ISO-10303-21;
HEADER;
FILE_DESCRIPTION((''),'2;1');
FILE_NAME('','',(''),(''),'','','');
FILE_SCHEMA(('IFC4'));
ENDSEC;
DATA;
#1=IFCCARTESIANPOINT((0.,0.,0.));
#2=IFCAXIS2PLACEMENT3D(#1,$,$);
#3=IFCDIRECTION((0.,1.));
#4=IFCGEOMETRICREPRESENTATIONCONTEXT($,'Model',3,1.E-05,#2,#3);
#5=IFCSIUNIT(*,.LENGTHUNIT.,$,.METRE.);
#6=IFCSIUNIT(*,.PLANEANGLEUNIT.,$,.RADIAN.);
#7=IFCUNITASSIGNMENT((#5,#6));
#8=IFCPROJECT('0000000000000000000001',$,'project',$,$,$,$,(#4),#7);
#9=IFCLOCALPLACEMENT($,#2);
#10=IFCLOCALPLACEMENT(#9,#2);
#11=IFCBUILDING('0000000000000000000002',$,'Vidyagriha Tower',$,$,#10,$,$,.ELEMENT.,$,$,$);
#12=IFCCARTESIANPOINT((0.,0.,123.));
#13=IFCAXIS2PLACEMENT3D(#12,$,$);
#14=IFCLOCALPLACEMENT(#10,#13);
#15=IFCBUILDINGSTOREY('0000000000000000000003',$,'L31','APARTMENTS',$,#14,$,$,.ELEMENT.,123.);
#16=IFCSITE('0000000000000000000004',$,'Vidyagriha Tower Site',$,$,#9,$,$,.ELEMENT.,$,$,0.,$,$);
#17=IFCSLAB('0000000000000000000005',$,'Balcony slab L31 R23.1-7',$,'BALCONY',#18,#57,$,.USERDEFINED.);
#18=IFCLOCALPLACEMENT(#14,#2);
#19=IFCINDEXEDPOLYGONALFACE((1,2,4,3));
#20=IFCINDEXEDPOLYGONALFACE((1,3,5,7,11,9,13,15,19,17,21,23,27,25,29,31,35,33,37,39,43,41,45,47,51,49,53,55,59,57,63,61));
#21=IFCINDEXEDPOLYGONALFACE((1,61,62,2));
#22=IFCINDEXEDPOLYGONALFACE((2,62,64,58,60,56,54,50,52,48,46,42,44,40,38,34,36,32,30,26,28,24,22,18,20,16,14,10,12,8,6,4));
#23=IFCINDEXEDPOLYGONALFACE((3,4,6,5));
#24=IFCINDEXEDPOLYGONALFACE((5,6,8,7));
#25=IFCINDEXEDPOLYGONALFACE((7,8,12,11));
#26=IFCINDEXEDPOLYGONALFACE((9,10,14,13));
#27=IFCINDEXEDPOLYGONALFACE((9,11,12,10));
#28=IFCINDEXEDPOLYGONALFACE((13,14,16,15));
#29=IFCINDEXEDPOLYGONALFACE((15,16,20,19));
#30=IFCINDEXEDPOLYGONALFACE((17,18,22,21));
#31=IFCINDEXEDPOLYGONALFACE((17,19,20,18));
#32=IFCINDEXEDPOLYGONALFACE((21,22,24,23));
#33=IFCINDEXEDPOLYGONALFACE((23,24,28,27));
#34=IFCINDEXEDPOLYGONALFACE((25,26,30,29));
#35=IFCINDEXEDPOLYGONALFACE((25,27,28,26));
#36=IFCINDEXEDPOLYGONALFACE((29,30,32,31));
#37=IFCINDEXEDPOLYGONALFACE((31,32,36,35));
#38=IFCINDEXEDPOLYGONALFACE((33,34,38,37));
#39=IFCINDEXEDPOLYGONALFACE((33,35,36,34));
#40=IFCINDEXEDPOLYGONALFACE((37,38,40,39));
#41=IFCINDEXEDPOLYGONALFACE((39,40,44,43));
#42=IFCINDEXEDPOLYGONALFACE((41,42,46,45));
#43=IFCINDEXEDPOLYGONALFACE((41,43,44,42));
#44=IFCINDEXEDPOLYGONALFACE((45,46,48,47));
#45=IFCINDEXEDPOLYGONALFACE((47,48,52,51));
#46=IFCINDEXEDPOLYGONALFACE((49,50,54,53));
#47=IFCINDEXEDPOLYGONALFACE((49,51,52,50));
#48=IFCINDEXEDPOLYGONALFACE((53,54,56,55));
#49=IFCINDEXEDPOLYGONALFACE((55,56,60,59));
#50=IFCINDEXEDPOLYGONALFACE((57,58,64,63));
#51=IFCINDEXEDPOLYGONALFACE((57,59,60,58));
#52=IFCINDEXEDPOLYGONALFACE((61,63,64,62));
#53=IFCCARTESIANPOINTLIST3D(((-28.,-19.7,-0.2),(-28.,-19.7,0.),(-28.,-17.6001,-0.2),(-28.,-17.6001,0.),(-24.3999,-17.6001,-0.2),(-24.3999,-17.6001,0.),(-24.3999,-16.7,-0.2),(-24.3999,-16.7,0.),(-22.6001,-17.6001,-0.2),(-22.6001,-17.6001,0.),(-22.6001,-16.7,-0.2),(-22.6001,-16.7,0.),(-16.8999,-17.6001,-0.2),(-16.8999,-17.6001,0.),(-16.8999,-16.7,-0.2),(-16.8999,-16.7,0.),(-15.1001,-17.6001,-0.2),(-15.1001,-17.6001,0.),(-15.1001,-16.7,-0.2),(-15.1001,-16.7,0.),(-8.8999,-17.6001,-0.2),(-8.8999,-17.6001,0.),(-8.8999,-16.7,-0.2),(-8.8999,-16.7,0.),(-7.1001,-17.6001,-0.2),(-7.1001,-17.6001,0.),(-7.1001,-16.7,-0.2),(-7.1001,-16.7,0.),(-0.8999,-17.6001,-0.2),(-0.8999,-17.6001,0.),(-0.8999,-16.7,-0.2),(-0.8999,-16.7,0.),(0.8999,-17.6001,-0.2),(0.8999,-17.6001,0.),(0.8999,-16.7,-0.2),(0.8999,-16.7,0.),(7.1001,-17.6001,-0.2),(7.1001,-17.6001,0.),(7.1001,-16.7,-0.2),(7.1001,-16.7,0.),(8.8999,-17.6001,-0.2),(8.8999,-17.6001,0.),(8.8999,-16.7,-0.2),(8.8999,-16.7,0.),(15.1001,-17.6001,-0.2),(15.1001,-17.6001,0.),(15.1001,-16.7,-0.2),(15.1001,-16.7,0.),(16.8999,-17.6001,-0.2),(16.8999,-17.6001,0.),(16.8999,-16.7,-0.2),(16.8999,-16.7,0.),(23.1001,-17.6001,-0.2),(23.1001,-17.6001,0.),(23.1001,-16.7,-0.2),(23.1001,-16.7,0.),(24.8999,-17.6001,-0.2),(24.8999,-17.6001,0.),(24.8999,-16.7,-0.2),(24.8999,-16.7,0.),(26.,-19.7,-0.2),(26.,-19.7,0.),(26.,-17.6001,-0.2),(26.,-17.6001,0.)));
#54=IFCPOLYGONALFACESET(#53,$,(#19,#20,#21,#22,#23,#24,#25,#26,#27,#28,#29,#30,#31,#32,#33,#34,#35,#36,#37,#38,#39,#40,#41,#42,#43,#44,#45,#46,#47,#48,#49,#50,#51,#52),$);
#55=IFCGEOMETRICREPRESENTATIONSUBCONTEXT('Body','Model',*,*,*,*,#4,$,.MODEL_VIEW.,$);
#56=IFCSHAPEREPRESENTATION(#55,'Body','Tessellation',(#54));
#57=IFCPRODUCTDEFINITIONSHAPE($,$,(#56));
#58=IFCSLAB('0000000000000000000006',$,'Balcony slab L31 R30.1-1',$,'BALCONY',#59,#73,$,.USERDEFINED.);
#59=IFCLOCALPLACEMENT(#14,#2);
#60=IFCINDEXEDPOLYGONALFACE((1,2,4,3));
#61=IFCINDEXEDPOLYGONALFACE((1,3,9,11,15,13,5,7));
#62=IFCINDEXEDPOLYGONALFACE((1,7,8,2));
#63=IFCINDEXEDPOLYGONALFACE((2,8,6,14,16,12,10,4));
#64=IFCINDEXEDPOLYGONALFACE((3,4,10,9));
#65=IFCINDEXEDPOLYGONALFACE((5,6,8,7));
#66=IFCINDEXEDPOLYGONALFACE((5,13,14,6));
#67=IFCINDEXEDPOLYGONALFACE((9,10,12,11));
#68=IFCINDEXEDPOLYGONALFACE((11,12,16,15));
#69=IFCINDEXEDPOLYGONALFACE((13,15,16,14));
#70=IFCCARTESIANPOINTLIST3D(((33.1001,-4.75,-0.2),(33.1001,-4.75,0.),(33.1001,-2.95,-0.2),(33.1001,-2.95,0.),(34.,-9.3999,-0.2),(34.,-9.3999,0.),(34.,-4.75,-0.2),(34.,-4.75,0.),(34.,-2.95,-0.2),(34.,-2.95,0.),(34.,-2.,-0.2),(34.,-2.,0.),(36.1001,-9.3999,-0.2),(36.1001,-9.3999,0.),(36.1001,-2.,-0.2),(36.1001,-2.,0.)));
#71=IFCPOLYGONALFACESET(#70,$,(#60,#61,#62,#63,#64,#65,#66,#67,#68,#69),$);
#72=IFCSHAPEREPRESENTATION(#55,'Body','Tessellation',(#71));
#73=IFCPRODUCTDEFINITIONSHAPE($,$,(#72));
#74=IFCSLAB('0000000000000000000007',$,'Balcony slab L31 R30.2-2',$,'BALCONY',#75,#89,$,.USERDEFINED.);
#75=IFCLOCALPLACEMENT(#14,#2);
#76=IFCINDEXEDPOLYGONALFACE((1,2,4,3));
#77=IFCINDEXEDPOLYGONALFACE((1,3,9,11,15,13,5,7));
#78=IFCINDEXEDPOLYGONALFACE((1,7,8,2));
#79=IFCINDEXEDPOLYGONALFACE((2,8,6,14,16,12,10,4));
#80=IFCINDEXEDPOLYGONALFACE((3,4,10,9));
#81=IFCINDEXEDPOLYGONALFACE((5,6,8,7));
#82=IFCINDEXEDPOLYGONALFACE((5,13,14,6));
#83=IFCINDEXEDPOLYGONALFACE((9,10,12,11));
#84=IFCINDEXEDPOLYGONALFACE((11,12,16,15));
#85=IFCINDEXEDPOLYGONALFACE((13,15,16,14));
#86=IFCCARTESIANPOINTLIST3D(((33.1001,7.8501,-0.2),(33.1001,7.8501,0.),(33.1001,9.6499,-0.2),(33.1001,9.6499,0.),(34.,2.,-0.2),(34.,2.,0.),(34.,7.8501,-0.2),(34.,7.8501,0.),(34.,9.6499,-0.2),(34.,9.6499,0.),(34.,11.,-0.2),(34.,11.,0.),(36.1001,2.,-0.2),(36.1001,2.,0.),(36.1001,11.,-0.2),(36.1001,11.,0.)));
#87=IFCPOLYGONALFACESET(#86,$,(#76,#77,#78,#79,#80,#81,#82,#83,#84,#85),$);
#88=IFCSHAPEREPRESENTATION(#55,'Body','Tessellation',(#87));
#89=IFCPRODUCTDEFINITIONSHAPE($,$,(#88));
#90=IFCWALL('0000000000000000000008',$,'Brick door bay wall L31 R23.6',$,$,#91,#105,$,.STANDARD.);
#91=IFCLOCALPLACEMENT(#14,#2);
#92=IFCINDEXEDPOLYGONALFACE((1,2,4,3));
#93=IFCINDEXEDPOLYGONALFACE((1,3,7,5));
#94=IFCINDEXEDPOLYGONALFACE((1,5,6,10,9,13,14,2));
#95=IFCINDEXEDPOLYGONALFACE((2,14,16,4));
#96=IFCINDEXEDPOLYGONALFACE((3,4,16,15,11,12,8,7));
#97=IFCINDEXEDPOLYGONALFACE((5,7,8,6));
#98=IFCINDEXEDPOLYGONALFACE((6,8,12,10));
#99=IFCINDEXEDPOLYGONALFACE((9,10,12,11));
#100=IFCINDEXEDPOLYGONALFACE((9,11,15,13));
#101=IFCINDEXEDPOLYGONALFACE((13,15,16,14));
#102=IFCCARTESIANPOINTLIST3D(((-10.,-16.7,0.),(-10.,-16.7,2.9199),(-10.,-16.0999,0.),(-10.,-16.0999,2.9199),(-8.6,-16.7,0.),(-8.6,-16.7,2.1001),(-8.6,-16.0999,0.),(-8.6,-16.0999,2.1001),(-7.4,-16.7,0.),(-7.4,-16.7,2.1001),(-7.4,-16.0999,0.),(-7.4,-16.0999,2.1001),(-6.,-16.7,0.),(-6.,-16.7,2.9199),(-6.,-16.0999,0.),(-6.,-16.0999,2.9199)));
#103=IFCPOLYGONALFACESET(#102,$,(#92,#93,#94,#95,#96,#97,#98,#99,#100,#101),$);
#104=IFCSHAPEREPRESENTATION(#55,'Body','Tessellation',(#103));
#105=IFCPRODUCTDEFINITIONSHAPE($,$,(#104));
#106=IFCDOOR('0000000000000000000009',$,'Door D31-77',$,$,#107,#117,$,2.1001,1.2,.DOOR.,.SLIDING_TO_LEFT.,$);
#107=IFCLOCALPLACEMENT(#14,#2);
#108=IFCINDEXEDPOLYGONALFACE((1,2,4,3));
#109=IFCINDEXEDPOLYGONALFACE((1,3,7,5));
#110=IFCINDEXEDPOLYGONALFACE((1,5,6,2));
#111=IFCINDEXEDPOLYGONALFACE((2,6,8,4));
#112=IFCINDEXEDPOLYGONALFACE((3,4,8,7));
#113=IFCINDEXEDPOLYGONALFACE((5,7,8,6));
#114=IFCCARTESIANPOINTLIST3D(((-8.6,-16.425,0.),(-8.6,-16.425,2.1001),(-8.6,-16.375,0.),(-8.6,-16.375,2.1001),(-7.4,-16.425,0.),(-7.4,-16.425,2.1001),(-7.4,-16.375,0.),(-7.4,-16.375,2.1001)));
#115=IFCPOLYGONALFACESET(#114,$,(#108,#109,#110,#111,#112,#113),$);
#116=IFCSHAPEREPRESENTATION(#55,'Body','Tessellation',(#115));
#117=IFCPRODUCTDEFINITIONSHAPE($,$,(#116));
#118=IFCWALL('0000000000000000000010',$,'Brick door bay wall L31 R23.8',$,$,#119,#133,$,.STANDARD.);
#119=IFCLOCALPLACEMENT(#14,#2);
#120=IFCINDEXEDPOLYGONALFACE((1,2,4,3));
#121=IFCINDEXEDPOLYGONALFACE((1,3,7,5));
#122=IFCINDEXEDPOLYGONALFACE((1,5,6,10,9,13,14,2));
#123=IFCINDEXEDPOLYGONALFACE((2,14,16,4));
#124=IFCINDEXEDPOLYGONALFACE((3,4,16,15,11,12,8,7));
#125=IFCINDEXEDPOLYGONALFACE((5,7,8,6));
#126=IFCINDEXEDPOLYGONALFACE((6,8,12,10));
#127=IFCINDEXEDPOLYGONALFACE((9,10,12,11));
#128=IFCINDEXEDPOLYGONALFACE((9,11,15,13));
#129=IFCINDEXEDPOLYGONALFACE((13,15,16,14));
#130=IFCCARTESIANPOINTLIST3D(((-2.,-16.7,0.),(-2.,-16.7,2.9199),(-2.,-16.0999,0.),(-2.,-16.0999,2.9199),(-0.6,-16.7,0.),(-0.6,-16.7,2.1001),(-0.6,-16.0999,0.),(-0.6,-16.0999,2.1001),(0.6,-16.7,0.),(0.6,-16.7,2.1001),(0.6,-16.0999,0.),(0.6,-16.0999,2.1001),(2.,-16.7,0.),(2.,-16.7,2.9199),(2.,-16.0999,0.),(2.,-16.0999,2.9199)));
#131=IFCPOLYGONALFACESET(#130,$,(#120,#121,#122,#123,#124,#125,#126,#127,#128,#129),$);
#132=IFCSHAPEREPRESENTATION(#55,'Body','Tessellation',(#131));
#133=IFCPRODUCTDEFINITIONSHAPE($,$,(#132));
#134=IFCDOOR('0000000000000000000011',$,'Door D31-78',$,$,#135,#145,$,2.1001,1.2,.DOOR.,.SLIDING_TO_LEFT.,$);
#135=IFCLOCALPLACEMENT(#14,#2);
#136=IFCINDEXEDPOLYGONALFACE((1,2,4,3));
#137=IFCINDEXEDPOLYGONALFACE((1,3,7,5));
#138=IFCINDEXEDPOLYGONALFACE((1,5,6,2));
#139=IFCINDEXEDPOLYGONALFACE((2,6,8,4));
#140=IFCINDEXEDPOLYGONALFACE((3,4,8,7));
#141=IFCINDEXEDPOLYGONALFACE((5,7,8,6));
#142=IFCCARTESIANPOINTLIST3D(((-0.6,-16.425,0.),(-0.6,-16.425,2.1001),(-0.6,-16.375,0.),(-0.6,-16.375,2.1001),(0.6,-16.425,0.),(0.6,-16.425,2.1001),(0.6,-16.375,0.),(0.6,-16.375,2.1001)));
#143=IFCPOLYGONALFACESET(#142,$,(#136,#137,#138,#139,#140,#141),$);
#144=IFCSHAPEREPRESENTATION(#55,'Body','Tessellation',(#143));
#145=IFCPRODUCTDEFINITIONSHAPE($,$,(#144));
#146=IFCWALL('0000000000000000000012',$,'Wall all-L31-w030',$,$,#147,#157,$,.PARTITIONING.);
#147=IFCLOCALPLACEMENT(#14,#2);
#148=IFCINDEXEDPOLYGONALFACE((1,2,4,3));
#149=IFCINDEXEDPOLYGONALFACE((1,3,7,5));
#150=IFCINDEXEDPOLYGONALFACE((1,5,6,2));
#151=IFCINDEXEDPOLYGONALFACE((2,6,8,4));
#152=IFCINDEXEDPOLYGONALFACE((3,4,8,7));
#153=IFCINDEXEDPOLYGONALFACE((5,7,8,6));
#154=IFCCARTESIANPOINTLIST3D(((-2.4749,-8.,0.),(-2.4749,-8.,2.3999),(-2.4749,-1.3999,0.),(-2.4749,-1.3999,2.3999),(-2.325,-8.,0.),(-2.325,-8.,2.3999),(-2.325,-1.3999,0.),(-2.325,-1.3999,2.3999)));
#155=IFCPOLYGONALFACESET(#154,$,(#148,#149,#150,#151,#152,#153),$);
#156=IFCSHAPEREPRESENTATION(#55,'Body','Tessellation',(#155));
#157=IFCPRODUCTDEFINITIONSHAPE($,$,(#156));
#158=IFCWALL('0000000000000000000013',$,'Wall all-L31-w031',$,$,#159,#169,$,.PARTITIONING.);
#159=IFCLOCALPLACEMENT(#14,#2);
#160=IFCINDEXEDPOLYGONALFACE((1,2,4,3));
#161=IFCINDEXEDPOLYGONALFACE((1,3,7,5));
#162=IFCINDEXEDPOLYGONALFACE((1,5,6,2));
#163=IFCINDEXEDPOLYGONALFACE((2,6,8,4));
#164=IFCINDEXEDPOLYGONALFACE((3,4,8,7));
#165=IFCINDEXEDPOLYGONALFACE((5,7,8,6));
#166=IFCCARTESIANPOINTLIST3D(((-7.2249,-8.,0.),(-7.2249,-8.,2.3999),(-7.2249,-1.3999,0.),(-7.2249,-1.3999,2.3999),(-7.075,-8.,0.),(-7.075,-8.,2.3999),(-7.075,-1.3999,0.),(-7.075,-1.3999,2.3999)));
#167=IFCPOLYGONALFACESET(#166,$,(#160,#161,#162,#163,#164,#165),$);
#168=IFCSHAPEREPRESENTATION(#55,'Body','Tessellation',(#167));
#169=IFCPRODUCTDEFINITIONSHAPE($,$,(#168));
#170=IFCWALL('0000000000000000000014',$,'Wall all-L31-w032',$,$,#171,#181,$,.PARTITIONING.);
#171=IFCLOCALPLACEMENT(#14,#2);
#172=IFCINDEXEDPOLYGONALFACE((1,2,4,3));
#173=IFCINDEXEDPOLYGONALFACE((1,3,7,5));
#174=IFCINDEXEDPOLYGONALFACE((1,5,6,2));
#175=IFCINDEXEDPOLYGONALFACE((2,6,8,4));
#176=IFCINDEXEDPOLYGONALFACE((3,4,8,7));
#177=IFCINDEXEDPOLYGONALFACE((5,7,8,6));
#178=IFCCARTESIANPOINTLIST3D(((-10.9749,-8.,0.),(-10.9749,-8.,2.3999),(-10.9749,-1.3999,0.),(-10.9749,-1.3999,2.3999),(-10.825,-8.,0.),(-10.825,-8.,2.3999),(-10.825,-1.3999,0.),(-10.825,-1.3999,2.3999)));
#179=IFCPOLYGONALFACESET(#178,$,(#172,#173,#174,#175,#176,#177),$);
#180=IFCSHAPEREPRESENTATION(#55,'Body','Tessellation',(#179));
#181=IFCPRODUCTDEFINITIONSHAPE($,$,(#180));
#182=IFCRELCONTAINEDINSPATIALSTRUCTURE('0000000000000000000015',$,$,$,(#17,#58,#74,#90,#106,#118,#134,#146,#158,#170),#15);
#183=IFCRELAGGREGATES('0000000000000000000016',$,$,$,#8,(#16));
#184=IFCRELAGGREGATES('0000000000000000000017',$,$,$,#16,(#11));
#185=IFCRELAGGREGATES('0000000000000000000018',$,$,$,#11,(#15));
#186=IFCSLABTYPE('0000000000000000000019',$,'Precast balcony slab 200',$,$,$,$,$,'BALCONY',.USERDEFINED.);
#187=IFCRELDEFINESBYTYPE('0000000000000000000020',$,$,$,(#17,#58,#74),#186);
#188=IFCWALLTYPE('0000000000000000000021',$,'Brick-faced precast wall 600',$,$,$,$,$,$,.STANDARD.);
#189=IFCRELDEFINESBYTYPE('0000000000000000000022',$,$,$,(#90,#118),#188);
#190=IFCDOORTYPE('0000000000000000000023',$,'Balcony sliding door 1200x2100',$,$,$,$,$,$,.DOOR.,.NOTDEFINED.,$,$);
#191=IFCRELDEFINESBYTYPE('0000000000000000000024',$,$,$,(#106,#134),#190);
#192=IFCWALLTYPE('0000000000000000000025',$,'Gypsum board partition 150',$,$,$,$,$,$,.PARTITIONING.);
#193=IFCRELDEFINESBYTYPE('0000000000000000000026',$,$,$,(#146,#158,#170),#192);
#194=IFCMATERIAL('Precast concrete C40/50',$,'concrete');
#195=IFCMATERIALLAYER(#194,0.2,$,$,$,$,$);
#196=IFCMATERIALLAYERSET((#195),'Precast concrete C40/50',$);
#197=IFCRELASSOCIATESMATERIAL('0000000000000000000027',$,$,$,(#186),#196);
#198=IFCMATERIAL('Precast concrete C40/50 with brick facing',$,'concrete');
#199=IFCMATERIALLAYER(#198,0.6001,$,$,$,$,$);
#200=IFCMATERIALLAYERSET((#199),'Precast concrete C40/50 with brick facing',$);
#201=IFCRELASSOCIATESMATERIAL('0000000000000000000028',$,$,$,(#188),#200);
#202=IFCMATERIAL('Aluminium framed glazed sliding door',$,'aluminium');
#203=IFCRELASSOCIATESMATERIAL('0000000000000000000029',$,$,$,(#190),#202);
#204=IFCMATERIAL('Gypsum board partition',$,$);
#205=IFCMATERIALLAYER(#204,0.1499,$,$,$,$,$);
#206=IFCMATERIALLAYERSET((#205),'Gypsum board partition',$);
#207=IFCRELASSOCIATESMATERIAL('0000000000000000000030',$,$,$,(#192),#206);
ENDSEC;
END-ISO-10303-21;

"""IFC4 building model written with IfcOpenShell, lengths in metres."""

from ifc_helpers import new_model, si_unit, direction, frame, frame_2d, origin, place, context, subcontext, project, spatial, polyline, rectangle, outline, extrude, material, layer, layer_set, type_object, element, fill, save


model = new_model("IFC4")

# Units and contexts
model_context = context("Model", 3, precision=1e-05, world=origin(), true_north=direction((0.0, 1.0)))
body_context = subcontext(model_context, "Body", "Model", "MODEL_VIEW")
ifc_project = project(units=[si_unit("LENGTHUNIT", "METRE"), si_unit("PLANEANGLEUNIT", "RADIAN")], contexts=[model_context])

# Site, building, storey
site_placement = place(None, origin())
site = spatial("IfcSite", under=ifc_project, at=site_placement, Name="Vidyagriha Tower Site", CompositionType="ELEMENT", RefElevation=0.0)
building_placement = place(site_placement, origin())
building = spatial("IfcBuilding", under=site, at=building_placement, Name="Vidyagriha Tower", CompositionType="ELEMENT")
storey_placement = place(building_placement, frame((0.0, 0.0, 123.0)))
storey = spatial("IfcBuildingStorey", under=building, at=storey_placement, Name="L31", Description="APARTMENTS", CompositionType="ELEMENT", Elevation=123.0)

# Slabs
ifc_material_1 = material(Name="Precast concrete C40/50", Category="concrete")
ifc_layer_1 = layer(ifc_material_1, 0.2)
ifc_layer_set_1 = layer_set([ifc_layer_1], Name="Precast concrete C40/50")
slab_type_1 = type_object("IfcSlabType", Name="Precast balcony slab 200", ElementType="BALCONY", PredefinedType="USERDEFINED", material=ifc_layer_set_1)
slab_1_placement = place(storey_placement, frame((0.0, 0.0, -0.2)))
element("IfcSlab", 1, at=slab_1_placement, inside=storey, type_object=slab_type_1, Name="Balcony slab L31 R23.1-7", ObjectType="BALCONY", PredefinedType="USERDEFINED", context=body_context, shape_type="SweptSolid", body=[
    extrude(outline(polyline([(-22.6001, -16.7), (-24.3999, -16.7), (-24.3999, -17.6001), (-28.0, -17.6001), (-28.0, -19.7), (26.0, -19.7), (26.0, -17.6001), (24.8999, -17.6001), (24.8999, -16.7), (23.1001, -16.7), (23.1001, -17.6001), (16.8999, -17.6001), (16.8999, -16.7), (15.1001, -16.7), (15.1001, -17.6001), (8.8999, -17.6001), (8.8999, -16.7), (7.1001, -16.7), (7.1001, -17.6001), (0.8999, -17.6001), (0.8999, -16.7), (-0.8999, -16.7), (-0.8999, -17.6001), (-7.1001, -17.6001), (-7.1001, -16.7), (-8.8999, -16.7), (-8.8999, -17.6001), (-15.1001, -17.6001), (-15.1001, -16.7), (-16.8999, -16.7), (-16.8999, -17.6001), (-22.6001, -17.6001), (-22.6001, -16.7)])), origin(), (0.0, 0.0, 1.0), 0.2),
])
slab_2_placement = place(storey_placement, frame((0.0, 0.0, -0.2)))
element("IfcSlab", 2, at=slab_2_placement, inside=storey, type_object=slab_type_1, Name="Balcony slab L31 R30.1-1", ObjectType="BALCONY", PredefinedType="USERDEFINED", context=body_context, shape_type="SweptSolid", body=[
    extrude(outline(polyline([(34.0, -4.75), (34.0, -9.3999), (36.1001, -9.3999), (36.1001, -2.0), (34.0, -2.0), (34.0, -2.95), (33.1001, -2.95), (33.1001, -4.75), (34.0, -4.75)])), origin(), (0.0, 0.0, 1.0), 0.2),
])
slab_3_placement = place(storey_placement, frame((0.0, 0.0, -0.2)))
element("IfcSlab", 3, at=slab_3_placement, inside=storey, type_object=slab_type_1, Name="Balcony slab L31 R30.2-2", ObjectType="BALCONY", PredefinedType="USERDEFINED", context=body_context, shape_type="SweptSolid", body=[
    extrude(outline(polyline([(34.0, 7.8501), (34.0, 2.0), (36.1001, 2.0), (36.1001, 11.0), (34.0, 11.0), (34.0, 9.6499), (33.1001, 9.6499), (33.1001, 7.8501), (34.0, 7.8501)])), origin(), (0.0, 0.0, 1.0), 0.2),
])

# Walls, openings, doors
ifc_material_2 = material(Name="Precast concrete C40/50 with brick facing", Category="concrete")
ifc_layer_2 = layer(ifc_material_2, 0.6001)
ifc_layer_set_2 = layer_set([ifc_layer_2], Name="Precast concrete C40/50 with brick facing")
wall_type_1 = type_object("IfcWallType", Name="Brick-faced precast wall 600", PredefinedType="STANDARD", material=ifc_layer_set_2)
wall_1_placement = place(storey_placement, frame((-10.0, -16.3999, 0.0)))
wall_1 = element("IfcWall", 4, at=wall_1_placement, inside=storey, type_object=wall_type_1, Name="Brick door bay wall L31 R23.6", PredefinedType="STANDARD", context=body_context, shape_type="SweptSolid", body=[
    extrude(rectangle(XDim=4.0, YDim=0.6001, at=frame_2d((2.0, 0.0))), origin(), (0.0, 0.0, 1.0), 2.9199),
])
opening_1_placement = place(wall_1_placement, frame((1.3999, 0.0, 0.0)))
opening_1 = element("IfcOpeningElement", 5, at=opening_1_placement, cuts=wall_1, PredefinedType="OPENING", context=body_context, shape_type="SweptSolid", body=[
    extrude(rectangle(XDim=1.2, YDim=2.1001, at=frame_2d((0.6001, 1.05))), frame((0.0, 0.3101, 0.0), z_axis=(0.0, -1.0, 0.0), x_axis=(1.0, 0.0, 0.0)), (0.0, 0.0, 1.0), 0.6201),
])
ifc_material_3 = material(Name="Aluminium framed glazed sliding door", Category="aluminium")
door_type = type_object("IfcDoorType", Name="Balcony sliding door 1200x2100", OperationType="NOTDEFINED", PredefinedType="DOOR", material=ifc_material_3)
door_1_placement = place(opening_1_placement, origin())
door_1 = element("IfcDoor", 6, at=door_1_placement, inside=storey, type_object=door_type, Name="Door D31-77", OperationType="SLIDING_TO_LEFT", OverallHeight=2.1001, OverallWidth=1.2, PredefinedType="DOOR", context=body_context, shape_type="SweptSolid", body=[
    extrude(rectangle(XDim=1.2, YDim=2.1001, at=frame_2d((0.6001, 1.05))), frame((0.0, 0.0249, 0.0), z_axis=(0.0, -1.0, 0.0), x_axis=(1.0, 0.0, 0.0)), (0.0, 0.0, 1.0), 0.05),
])
fill(opening_1, door_1)
wall_2_placement = place(storey_placement, frame((-2.0, -16.3999, 0.0)))
wall_2 = element("IfcWall", 7, at=wall_2_placement, inside=storey, type_object=wall_type_1, Name="Brick door bay wall L31 R23.8", PredefinedType="STANDARD", context=body_context, shape_type="SweptSolid", body=[
    extrude(rectangle(XDim=4.0, YDim=0.6001, at=frame_2d((2.0, 0.0))), origin(), (0.0, 0.0, 1.0), 2.9199),
])
opening_2_placement = place(wall_2_placement, frame((1.3999, 0.0, 0.0)))
opening_2 = element("IfcOpeningElement", 8, at=opening_2_placement, cuts=wall_2, PredefinedType="OPENING", context=body_context, shape_type="SweptSolid", body=[
    extrude(rectangle(XDim=1.2, YDim=2.1001, at=frame_2d((0.6001, 1.05))), frame((0.0, 0.3101, 0.0), z_axis=(0.0, -1.0, 0.0), x_axis=(1.0, 0.0, 0.0)), (0.0, 0.0, 1.0), 0.6201),
])
door_2_placement = place(opening_2_placement, origin())
door_2 = element("IfcDoor", 9, at=door_2_placement, inside=storey, type_object=door_type, Name="Door D31-78", OperationType="SLIDING_TO_LEFT", OverallHeight=2.1001, OverallWidth=1.2, PredefinedType="DOOR", context=body_context, shape_type="SweptSolid", body=[
    extrude(rectangle(XDim=1.2, YDim=2.1001, at=frame_2d((0.6001, 1.05))), frame((0.0, 0.0249, 0.0), z_axis=(0.0, -1.0, 0.0), x_axis=(1.0, 0.0, 0.0)), (0.0, 0.0, 1.0), 0.05),
])
fill(opening_2, door_2)

# Walls
ifc_material_4 = material(Name="Gypsum board partition")
ifc_layer_3 = layer(ifc_material_4, 0.1499)
ifc_layer_set_3 = layer_set([ifc_layer_3], Name="Gypsum board partition")
wall_type_2 = type_object("IfcWallType", Name="Gypsum board partition 150", PredefinedType="PARTITIONING", material=ifc_layer_set_3)
for number, where, z_axis, x_axis, name in (
    (10, (-2.3999, -8.0, 0.0), (0.0, 0.0, 1.0), (0.0, 1.0, 0.0), "Wall all-L31-w030"),
    (11, (-7.1499, -8.0, 0.0), (0.0, 0.0, 1.0), (0.0, 1.0, 0.0), "Wall all-L31-w031"),
    (12, (-10.8999, -8.0, 0.0), (0.0, 0.0, 1.0), (0.0, 1.0, 0.0), "Wall all-L31-w032"),
):
    element("IfcWall", number, at=place(storey_placement, frame(where, z_axis=z_axis, x_axis=x_axis)), inside=storey, type_object=wall_type_2, Name=name, PredefinedType="PARTITIONING", context=body_context, shape_type="SweptSolid", body=[
        extrude(rectangle(XDim=6.6001, YDim=0.1499, at=frame_2d((3.3, 0.0))), origin(), (0.0, 0.0, 1.0), 2.3999),
    ])

save(model, "model.ifc")
